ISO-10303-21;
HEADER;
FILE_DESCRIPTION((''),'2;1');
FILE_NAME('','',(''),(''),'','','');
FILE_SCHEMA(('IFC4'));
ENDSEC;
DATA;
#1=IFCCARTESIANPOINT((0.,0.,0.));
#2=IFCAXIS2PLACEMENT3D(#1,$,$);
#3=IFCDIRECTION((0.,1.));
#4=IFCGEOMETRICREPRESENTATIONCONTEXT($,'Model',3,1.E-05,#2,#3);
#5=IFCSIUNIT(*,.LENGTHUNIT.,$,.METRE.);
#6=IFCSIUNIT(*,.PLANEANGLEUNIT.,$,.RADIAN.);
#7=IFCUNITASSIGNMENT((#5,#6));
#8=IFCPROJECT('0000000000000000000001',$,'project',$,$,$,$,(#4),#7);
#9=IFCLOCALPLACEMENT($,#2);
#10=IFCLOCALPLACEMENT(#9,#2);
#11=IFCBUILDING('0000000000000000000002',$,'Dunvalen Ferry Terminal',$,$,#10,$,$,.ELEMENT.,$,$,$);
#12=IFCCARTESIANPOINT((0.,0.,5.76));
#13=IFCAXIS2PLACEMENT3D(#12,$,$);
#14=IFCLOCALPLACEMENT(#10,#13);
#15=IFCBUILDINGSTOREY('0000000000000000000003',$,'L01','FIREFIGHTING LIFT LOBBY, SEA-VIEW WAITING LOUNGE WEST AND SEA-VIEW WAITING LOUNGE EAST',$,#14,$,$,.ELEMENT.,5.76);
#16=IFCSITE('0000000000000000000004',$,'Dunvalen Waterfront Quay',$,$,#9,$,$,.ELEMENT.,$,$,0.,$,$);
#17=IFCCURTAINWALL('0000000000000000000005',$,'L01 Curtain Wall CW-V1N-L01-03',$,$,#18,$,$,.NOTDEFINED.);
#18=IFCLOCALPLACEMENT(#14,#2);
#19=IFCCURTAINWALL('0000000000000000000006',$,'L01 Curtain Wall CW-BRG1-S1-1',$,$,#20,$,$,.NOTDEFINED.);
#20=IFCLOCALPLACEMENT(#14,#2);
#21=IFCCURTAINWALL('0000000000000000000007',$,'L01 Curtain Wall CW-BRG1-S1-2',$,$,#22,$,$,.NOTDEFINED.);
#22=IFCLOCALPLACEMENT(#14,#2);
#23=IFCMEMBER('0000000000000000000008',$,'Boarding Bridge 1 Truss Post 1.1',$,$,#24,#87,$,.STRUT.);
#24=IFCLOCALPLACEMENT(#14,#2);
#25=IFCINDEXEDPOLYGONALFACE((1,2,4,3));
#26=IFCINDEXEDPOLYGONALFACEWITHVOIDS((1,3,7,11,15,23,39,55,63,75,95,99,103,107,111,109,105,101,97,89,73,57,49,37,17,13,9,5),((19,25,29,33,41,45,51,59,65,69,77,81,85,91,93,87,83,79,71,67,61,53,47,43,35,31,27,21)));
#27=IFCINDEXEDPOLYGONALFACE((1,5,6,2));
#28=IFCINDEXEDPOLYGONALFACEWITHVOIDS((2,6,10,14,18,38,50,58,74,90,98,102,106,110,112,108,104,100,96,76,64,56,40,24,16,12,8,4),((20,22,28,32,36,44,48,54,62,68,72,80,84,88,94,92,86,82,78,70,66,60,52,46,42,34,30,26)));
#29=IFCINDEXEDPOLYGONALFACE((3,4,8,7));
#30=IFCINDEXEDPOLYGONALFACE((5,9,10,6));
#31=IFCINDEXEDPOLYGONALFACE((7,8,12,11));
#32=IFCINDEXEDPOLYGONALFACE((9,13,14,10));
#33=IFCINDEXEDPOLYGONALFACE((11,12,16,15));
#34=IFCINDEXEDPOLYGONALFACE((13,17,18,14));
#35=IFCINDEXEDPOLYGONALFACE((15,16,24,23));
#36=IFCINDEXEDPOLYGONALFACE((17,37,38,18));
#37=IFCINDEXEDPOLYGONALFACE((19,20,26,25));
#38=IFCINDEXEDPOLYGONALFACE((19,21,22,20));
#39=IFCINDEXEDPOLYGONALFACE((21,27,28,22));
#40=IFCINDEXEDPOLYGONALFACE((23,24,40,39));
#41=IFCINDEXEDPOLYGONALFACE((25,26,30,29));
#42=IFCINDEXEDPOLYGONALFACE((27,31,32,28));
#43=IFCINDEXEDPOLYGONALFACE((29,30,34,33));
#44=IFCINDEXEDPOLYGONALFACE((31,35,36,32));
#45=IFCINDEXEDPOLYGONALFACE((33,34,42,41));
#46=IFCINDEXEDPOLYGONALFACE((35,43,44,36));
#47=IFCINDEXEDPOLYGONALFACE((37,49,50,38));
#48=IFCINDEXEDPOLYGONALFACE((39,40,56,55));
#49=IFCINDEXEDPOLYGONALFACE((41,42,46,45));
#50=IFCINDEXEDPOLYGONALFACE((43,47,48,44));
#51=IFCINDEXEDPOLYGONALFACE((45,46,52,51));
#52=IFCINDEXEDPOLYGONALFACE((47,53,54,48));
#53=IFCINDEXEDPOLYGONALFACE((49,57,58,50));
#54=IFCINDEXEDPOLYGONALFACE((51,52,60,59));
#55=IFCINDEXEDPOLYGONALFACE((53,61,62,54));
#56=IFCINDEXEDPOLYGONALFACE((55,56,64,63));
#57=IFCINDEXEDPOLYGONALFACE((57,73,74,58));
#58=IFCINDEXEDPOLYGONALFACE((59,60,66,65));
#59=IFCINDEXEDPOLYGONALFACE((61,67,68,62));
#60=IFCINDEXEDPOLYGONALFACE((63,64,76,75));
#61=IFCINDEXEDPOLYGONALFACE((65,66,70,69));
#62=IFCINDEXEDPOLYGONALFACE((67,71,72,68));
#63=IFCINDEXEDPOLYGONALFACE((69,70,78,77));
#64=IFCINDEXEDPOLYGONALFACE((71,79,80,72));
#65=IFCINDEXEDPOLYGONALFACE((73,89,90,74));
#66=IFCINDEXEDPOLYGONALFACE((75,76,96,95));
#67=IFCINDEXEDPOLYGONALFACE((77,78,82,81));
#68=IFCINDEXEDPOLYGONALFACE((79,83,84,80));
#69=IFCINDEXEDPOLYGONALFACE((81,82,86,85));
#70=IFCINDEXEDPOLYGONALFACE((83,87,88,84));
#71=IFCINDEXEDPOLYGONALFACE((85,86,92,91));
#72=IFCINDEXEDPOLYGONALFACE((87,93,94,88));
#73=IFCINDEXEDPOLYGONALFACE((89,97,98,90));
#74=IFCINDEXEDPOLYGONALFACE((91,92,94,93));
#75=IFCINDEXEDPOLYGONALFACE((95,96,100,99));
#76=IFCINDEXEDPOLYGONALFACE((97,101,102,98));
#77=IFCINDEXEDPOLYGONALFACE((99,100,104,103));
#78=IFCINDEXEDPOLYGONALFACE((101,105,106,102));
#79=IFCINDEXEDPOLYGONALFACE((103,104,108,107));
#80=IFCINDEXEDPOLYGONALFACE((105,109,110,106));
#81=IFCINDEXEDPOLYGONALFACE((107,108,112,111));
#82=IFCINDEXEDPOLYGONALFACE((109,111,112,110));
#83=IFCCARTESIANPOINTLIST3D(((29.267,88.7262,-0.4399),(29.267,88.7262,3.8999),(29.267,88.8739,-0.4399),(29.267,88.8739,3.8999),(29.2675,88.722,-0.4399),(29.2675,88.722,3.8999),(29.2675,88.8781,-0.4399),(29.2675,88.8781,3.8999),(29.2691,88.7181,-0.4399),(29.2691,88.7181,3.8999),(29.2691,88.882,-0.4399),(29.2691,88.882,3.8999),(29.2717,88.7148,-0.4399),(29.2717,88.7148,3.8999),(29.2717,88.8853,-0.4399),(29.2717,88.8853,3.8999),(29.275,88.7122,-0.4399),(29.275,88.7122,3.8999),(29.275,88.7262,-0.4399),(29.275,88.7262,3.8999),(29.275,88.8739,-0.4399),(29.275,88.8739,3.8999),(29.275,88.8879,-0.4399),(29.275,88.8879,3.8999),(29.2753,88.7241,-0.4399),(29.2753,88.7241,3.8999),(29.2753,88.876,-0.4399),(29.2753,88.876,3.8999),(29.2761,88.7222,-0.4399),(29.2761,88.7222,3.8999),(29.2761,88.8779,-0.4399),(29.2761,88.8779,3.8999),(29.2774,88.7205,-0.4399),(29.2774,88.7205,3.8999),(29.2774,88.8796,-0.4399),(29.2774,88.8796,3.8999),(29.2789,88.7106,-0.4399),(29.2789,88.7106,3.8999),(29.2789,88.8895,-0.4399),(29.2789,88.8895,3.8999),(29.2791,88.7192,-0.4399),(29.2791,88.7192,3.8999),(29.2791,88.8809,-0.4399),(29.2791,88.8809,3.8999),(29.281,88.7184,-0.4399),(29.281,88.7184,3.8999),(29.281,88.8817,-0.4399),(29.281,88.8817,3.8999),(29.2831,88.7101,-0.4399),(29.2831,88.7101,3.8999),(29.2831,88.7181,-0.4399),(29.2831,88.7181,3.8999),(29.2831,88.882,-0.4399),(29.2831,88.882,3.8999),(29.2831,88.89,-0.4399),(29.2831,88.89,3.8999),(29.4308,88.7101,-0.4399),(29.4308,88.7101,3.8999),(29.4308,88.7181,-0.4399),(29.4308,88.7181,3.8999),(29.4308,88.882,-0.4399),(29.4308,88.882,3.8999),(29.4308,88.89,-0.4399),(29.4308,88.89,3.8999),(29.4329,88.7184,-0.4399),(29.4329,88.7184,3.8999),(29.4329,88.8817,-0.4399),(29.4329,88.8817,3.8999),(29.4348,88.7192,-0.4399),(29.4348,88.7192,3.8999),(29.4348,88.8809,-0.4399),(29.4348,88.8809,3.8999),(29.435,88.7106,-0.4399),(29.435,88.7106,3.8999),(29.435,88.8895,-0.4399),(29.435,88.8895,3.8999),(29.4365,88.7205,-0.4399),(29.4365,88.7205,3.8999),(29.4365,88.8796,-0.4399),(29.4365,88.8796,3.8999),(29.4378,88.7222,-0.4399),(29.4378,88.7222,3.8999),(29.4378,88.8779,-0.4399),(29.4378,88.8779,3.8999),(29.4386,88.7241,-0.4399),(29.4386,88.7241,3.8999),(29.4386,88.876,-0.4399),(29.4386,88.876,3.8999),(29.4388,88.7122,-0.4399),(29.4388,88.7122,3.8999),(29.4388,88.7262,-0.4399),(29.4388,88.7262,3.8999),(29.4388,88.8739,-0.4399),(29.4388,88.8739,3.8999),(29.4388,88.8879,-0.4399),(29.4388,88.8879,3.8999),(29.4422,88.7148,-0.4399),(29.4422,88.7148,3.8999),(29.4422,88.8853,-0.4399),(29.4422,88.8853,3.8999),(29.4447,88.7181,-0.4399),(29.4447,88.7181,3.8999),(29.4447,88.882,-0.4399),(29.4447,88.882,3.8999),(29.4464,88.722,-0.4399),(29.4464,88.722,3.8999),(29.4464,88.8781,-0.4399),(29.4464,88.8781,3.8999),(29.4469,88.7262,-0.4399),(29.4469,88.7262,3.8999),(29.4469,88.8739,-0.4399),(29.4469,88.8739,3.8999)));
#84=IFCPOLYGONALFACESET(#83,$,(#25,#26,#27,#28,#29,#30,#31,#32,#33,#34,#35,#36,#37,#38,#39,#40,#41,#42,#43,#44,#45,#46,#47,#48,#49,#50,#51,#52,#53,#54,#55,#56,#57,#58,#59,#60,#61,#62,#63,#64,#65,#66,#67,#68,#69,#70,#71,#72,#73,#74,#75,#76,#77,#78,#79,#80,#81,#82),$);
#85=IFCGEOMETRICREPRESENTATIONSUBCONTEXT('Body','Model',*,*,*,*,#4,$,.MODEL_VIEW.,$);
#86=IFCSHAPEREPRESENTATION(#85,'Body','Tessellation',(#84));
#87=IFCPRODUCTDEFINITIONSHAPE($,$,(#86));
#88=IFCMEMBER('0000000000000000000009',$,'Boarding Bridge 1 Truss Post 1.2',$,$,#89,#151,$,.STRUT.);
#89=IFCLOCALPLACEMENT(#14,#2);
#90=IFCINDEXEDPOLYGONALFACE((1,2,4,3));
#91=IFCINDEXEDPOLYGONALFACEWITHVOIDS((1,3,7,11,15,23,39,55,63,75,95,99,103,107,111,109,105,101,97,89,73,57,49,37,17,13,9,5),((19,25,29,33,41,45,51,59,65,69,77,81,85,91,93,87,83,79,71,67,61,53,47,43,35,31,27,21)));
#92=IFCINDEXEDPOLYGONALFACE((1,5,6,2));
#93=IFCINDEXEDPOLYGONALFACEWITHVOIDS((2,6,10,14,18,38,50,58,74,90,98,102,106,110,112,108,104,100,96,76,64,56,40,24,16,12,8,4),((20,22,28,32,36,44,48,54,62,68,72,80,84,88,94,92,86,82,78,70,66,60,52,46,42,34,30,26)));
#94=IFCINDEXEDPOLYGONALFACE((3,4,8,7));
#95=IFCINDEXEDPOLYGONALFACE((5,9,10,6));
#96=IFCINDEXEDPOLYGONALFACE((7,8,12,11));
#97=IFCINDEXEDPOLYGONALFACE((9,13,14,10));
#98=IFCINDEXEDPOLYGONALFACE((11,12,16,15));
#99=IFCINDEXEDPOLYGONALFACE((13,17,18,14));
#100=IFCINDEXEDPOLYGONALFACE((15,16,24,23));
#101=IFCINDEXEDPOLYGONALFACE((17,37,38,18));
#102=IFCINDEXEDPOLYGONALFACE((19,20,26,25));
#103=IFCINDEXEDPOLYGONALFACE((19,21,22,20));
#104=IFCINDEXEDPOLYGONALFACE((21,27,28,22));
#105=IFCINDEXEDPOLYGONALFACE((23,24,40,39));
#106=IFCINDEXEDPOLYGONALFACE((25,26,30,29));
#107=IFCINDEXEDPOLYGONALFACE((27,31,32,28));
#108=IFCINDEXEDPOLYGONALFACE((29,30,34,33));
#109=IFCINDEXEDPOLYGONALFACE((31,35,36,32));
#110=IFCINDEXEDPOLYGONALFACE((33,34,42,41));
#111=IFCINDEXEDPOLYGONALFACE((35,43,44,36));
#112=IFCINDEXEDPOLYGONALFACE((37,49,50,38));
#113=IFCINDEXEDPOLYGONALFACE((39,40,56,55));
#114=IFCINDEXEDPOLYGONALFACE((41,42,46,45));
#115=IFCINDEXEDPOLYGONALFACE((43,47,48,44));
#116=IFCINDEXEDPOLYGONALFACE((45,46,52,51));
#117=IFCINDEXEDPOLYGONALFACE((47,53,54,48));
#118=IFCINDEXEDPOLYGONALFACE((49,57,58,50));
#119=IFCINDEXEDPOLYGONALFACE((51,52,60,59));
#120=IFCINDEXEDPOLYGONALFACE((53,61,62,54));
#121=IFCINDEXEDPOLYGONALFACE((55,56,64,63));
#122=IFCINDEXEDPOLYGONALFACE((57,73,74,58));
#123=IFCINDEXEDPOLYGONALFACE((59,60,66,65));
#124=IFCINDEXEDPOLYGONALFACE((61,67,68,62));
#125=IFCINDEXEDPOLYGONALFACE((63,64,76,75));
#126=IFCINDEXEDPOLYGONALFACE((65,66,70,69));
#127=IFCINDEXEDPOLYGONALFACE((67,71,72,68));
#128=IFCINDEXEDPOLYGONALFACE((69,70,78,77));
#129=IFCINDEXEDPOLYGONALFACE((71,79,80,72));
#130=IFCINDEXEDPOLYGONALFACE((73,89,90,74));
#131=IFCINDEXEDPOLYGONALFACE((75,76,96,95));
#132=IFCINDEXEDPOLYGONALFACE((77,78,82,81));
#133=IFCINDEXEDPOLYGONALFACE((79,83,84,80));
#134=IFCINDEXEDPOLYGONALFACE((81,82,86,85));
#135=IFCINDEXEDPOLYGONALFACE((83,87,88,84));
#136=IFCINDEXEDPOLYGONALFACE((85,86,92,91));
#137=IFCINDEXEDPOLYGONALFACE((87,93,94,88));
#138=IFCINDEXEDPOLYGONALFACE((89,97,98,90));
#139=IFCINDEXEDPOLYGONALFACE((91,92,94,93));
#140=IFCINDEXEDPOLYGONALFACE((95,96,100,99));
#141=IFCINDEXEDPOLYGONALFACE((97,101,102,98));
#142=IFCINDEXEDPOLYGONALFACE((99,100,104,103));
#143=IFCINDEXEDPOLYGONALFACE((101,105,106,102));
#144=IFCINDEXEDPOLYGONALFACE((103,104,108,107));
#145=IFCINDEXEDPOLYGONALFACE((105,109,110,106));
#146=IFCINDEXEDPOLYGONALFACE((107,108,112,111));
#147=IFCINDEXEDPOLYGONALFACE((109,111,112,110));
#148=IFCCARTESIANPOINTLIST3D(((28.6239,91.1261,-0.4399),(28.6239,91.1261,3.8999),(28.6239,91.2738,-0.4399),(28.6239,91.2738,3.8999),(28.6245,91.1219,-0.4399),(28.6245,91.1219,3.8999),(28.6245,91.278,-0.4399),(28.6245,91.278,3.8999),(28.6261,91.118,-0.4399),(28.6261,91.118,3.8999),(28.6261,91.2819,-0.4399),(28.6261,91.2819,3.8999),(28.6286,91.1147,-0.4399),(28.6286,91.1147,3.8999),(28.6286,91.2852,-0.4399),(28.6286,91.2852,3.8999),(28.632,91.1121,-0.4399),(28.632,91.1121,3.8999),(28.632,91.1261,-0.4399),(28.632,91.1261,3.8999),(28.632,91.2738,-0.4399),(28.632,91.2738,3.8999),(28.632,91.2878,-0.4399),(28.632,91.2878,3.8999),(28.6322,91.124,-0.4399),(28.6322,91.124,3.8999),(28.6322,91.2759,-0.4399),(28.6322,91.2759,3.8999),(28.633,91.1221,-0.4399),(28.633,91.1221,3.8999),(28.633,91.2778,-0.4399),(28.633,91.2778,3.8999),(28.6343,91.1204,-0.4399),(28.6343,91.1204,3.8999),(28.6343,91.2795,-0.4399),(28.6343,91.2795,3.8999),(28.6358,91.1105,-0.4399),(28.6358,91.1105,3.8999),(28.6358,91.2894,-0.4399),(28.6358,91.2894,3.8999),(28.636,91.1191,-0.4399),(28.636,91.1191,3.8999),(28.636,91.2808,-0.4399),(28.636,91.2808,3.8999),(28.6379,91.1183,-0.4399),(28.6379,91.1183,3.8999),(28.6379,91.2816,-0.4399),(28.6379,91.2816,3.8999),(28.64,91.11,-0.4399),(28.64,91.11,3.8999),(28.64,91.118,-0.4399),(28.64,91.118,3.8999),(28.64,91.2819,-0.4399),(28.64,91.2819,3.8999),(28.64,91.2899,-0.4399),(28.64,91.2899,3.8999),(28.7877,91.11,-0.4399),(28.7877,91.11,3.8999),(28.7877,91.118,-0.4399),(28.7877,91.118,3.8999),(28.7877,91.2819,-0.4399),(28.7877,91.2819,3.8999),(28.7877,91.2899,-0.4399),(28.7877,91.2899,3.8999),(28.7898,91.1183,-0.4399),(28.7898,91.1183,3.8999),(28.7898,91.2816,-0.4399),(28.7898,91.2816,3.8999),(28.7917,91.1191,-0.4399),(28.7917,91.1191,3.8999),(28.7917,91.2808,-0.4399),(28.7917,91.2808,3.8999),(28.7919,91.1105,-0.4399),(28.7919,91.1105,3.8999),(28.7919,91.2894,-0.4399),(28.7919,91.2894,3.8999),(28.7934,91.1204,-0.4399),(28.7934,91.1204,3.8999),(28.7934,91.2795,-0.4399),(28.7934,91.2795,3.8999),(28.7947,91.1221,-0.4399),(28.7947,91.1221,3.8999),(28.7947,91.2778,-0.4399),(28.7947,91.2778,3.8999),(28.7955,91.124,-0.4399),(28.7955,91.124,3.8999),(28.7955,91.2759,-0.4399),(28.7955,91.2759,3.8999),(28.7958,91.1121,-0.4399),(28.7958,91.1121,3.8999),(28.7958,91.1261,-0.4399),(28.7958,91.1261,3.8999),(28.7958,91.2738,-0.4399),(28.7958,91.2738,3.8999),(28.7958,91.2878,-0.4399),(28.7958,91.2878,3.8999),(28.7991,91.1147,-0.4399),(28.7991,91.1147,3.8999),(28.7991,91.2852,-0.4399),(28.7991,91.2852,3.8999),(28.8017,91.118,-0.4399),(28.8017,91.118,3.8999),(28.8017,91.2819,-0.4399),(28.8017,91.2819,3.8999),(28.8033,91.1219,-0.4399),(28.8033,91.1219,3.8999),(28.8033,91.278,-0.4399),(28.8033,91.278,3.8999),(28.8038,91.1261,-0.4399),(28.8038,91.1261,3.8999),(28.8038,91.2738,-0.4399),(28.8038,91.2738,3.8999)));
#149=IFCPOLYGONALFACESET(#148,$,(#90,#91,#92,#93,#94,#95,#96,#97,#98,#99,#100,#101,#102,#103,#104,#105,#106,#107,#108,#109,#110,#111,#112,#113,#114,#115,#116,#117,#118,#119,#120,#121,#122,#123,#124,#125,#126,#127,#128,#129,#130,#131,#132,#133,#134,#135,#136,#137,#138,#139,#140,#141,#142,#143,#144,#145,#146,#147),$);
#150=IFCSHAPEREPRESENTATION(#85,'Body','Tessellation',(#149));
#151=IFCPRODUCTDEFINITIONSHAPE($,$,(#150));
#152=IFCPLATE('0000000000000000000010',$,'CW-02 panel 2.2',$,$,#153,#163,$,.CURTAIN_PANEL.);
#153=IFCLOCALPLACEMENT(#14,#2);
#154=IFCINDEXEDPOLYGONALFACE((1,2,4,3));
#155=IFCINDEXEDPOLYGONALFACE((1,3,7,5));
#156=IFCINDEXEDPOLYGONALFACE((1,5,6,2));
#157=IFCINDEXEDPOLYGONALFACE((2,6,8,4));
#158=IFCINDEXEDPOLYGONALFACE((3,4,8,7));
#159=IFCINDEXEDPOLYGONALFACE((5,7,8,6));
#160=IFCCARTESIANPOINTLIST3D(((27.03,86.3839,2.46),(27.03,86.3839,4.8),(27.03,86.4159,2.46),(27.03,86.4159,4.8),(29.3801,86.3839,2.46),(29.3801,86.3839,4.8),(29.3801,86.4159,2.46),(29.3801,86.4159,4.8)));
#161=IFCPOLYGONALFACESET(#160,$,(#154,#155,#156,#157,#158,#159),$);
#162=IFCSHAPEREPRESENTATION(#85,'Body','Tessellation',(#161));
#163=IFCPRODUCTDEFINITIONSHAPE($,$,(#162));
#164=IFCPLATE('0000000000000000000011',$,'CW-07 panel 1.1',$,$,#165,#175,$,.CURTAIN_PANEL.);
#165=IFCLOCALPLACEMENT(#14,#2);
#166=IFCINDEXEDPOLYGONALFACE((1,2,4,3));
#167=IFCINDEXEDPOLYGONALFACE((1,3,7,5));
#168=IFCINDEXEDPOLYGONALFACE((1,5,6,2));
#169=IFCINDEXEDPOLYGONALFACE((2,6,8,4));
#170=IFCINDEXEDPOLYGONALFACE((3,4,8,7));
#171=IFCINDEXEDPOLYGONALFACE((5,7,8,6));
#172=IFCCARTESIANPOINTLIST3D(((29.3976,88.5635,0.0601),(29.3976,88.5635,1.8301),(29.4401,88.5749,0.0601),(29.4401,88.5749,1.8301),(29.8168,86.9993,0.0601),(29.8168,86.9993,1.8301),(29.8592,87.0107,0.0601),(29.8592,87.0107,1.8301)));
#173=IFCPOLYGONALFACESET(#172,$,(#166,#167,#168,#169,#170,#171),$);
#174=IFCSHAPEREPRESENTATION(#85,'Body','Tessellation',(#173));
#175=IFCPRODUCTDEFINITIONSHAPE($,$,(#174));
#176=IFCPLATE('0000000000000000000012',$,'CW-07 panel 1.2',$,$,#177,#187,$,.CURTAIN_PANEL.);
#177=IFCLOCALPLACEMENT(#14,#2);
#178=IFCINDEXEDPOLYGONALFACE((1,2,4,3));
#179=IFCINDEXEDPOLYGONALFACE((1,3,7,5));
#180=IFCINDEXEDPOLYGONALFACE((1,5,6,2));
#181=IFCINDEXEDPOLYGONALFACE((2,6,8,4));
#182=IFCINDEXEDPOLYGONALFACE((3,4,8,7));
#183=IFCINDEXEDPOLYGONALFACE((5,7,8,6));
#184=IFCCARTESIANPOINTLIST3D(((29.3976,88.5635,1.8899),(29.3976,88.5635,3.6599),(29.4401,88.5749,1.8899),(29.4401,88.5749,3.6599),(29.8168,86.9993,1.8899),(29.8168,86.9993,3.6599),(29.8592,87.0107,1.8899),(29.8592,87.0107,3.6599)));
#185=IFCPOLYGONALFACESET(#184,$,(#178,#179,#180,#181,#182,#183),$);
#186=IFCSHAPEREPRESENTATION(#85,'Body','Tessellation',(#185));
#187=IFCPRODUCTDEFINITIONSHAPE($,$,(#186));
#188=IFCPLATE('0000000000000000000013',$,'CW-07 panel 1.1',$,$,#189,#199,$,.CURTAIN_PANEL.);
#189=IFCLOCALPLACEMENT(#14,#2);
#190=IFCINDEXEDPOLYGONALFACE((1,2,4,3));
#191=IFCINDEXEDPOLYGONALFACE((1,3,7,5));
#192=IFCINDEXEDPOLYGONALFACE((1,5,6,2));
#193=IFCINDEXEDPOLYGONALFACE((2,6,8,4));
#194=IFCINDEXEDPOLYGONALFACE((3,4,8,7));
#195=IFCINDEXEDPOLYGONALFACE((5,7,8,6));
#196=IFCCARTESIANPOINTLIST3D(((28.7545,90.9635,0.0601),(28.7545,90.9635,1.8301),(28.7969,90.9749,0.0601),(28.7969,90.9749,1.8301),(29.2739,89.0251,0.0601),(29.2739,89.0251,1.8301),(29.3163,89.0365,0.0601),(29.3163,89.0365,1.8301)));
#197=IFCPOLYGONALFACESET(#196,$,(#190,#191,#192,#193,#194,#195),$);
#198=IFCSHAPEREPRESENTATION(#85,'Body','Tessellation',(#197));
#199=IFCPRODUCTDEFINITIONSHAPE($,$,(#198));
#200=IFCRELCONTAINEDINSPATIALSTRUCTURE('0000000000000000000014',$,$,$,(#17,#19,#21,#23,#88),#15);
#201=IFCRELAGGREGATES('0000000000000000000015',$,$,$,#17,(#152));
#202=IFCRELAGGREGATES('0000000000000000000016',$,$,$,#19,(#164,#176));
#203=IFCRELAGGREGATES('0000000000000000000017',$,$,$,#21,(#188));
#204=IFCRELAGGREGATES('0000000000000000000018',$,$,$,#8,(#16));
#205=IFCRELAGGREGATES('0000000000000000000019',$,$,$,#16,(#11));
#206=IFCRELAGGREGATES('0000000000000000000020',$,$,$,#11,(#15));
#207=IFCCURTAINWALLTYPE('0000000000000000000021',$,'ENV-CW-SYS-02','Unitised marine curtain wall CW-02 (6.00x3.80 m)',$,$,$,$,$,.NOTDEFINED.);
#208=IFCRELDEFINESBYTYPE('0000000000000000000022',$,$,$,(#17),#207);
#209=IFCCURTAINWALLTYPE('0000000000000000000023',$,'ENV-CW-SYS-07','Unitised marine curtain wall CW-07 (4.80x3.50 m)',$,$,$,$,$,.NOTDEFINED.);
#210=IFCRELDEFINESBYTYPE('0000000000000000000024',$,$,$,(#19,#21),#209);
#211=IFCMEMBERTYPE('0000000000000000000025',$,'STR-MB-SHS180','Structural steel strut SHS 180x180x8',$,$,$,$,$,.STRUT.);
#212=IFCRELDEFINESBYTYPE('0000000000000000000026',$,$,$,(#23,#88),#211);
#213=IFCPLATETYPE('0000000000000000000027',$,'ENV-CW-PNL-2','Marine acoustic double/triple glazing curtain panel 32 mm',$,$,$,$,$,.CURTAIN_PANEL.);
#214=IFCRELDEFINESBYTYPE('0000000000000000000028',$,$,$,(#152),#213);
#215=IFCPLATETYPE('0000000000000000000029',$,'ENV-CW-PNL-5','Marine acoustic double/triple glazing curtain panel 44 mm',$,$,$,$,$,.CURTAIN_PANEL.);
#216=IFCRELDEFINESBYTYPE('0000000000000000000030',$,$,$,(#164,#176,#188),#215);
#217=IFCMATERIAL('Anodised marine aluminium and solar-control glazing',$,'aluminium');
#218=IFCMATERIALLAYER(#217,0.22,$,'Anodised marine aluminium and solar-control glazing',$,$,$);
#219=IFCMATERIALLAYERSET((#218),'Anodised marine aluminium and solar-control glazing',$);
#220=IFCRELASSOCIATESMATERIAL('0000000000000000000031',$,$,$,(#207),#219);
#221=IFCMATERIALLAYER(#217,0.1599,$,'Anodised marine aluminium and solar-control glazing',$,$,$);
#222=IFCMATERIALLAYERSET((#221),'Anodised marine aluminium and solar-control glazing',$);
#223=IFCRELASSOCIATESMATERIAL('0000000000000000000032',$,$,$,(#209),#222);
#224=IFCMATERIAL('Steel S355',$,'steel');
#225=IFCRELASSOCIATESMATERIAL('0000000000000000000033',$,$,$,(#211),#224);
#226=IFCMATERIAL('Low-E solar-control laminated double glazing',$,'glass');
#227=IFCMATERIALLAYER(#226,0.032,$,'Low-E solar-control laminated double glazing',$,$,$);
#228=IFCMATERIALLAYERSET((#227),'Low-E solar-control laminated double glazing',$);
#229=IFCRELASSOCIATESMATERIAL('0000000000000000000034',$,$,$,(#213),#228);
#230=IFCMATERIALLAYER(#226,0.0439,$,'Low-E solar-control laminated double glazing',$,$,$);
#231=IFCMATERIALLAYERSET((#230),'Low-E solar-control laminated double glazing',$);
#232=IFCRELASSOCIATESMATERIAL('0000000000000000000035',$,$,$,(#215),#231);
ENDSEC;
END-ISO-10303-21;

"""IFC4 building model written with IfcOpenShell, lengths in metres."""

from ifc_helpers import new_model, si_unit, direction, frame, origin, origin_2d, place, context, subcontext, project, spatial, rectangle, hollow_rectangle, extrude, material, layer, layer_set, material_profile, profile_set, type_object, element, aggregate, save


model = new_model("IFC4")

# Units and contexts
model_context = context("Model", 3, precision=1e-05, world=origin(), true_north=direction((0.0, 1.0)))
body_context = subcontext(model_context, "Body", "Model", "MODEL_VIEW")
ifc_project = project(units=[si_unit("LENGTHUNIT", "METRE"), si_unit("PLANEANGLEUNIT", "RADIAN")], contexts=[model_context])

# Site, building, storey
site_placement = place(None, origin())
site = spatial("IfcSite", under=ifc_project, at=site_placement, Name="Dunvalen Waterfront Quay", CompositionType="ELEMENT", RefElevation=0.0)
building_placement = place(site_placement, origin())
building = spatial("IfcBuilding", under=site, at=building_placement, Name="Dunvalen Ferry Terminal", CompositionType="ELEMENT")
storey_placement = place(building_placement, frame((0.0, 0.0, 5.76)))
storey = spatial("IfcBuildingStorey", under=building, at=storey_placement, Name="L01", Description="FIREFIGHTING LIFT LOBBY, SEA-VIEW WAITING LOUNGE WEST AND SEA-VIEW WAITING LOUNGE EAST", CompositionType="ELEMENT", Elevation=5.76)

# Curtain wall
ifc_material_1 = material(Name="Anodised marine aluminium and solar-control glazing", Category="aluminium")
ifc_layer_1 = layer(ifc_material_1, 0.22, Name="Anodised marine aluminium and solar-control glazing")
ifc_layer_set_1 = layer_set([ifc_layer_1], Name="Anodised marine aluminium and solar-control glazing")
curtain_wall_type_1 = type_object("IfcCurtainWallType", Name="ENV-CW-SYS-02", Description="Unitised marine curtain wall CW-02 (6.00x3.80 m)", PredefinedType="NOTDEFINED", material=ifc_layer_set_1)
curtain_wall_1_placement = place(storey_placement, origin())
curtain_wall_1 = element("IfcCurtainWall", 1, at=curtain_wall_1_placement, inside=storey, type_object=curtain_wall_type_1, Name="L01 Curtain Wall CW-V1N-L01-03", PredefinedType="NOTDEFINED")

# Curtain walls
ifc_layer_2 = layer(ifc_material_1, 0.1599, Name="Anodised marine aluminium and solar-control glazing")
ifc_layer_set_2 = layer_set([ifc_layer_2], Name="Anodised marine aluminium and solar-control glazing")
curtain_wall_type_2 = type_object("IfcCurtainWallType", Name="ENV-CW-SYS-07", Description="Unitised marine curtain wall CW-07 (4.80x3.50 m)", PredefinedType="NOTDEFINED", material=ifc_layer_set_2)
curtain_wall_2_placement = place(storey_placement, origin())
curtain_wall_2 = element("IfcCurtainWall", 2, at=curtain_wall_2_placement, inside=storey, type_object=curtain_wall_type_2, Name="L01 Curtain Wall CW-BRG1-S1-1", PredefinedType="NOTDEFINED")
curtain_wall_3_placement = place(storey_placement, origin())
curtain_wall_3 = element("IfcCurtainWall", 3, at=curtain_wall_3_placement, inside=storey, type_object=curtain_wall_type_2, Name="L01 Curtain Wall CW-BRG1-S1-2", PredefinedType="NOTDEFINED")

# Shared definitions
ifc_material_2 = material(Name="Steel S355", Category="steel")

# Members
ifc_material_profile_1 = material_profile(ifc_material_2, hollow_rectangle(XDim=0.1799, YDim=0.1799, WallThickness=0.0081, InnerFilletRadius=0.0081, OuterFilletRadius=0.0161, at=origin_2d()), Name="Steel S355")
ifc_profile_set_1 = profile_set([ifc_material_profile_1], Name="Steel S355")
member_type_1 = type_object("IfcMemberType", Name="STR-MB-SHS180", Description="Structural steel strut SHS 180x180x8", PredefinedType="STRUT", material=ifc_profile_set_1)
for number, where, z_axis, x_axis, name in (
    (4, (29.3569, 88.8, -0.4399), (0.0, 0.0, 1.0), (1.0, 0.0, 0.0), "Boarding Bridge 1 Truss Post 1.1"),
    (5, (28.7139, 91.2, -0.4399), (0.0, 0.0, 1.0), (1.0, 0.0, 0.0), "Boarding Bridge 1 Truss Post 1.2"),
):
    element("IfcMember", number, at=place(storey_placement, frame(where, z_axis=z_axis, x_axis=x_axis)), inside=storey, type_object=member_type_1, Name=name, PredefinedType="STRUT", context=body_context, shape_type="SweptSolid", body=[
        extrude(hollow_rectangle(XDim=0.1799, YDim=0.1799, WallThickness=0.0081, InnerFilletRadius=0.0081, OuterFilletRadius=0.0161, at=origin_2d()), origin(), (0.0, 0.0, 1.0), 4.3398),
    ])

# Plates
ifc_material_3 = material(Name="Low-E solar-control laminated double glazing", Category="glass")
ifc_layer_3 = layer(ifc_material_3, 0.032, Name="Low-E solar-control laminated double glazing")
ifc_layer_set_3 = layer_set([ifc_layer_3], Name="Low-E solar-control laminated double glazing")
plate_type_1 = type_object("IfcPlateType", Name="ENV-CW-PNL-2", Description="Marine acoustic double/triple glazing curtain panel 32 mm", PredefinedType="CURTAIN_PANEL", material=ifc_layer_set_3)
plate_1_placement = place(storey_placement, frame((28.2051, 86.3999, 2.46), z_axis=(0.0, 0.0, 1.0), x_axis=(1.0, 0.0, 0.0)))
plate_1 = element("IfcPlate", 6, at=plate_1_placement, type_object=plate_type_1, Name="CW-02 panel 2.2", PredefinedType="CURTAIN_PANEL", context=body_context, shape_type="SweptSolid", body=[
    extrude(rectangle(XDim=2.3501, YDim=0.032, at=origin_2d()), origin(), (0.0, 0.0, 1.0), 2.3401),
])
aggregate(curtain_wall_1, [plate_1])
ifc_layer_4 = layer(ifc_material_3, 0.0439, Name="Low-E solar-control laminated double glazing")
ifc_layer_set_4 = layer_set([ifc_layer_4], Name="Low-E solar-control laminated double glazing")
plate_type_2 = type_object("IfcPlateType", Name="ENV-CW-PNL-5", Description="Marine acoustic double/triple glazing curtain panel 44 mm", PredefinedType="CURTAIN_PANEL", material=ifc_layer_set_4)
plate_2_placement = place(storey_placement, frame((29.6284, 87.7871, 0.0601), z_axis=(0.0, 0.0, 1.0), x_axis=(-0.258843, 0.965919, 0.0)))
plate_2 = element("IfcPlate", 7, at=plate_2_placement, type_object=plate_type_2, Name="CW-07 panel 1.1", PredefinedType="CURTAIN_PANEL", context=body_context, shape_type="SweptSolid", body=[
    extrude(rectangle(XDim=1.6194, YDim=0.0439, at=origin_2d()), origin(), (0.0, 0.0, 1.0), 1.77),
])
plate_3_placement = place(storey_placement, frame((29.6284, 87.7871, 1.8899), z_axis=(0.0, 0.0, 1.0), x_axis=(-0.258843, 0.965919, 0.0)))
plate_3 = element("IfcPlate", 8, at=plate_3_placement, type_object=plate_type_2, Name="CW-07 panel 1.2", PredefinedType="CURTAIN_PANEL", context=body_context, shape_type="SweptSolid", body=[
    extrude(rectangle(XDim=1.6194, YDim=0.0439, at=origin_2d()), origin(), (0.0, 0.0, 1.0), 1.77),
])
aggregate(curtain_wall_2, [plate_2, plate_3])
plate_4_placement = place(storey_placement, frame((29.0354, 90.0, 0.0601), z_axis=(0.0, 0.0, 1.0), x_axis=(-0.25883, 0.965923, 0.0)))
plate_4 = element("IfcPlate", 9, at=plate_4_placement, type_object=plate_type_2, Name="CW-07 panel 1.1", PredefinedType="CURTAIN_PANEL", context=body_context, shape_type="SweptSolid", body=[
    extrude(rectangle(XDim=2.0068, YDim=0.0439, at=origin_2d()), origin(), (0.0, 0.0, 1.0), 1.77),
])
aggregate(curtain_wall_3, [plate_4])

save(model, "model.ifc")
